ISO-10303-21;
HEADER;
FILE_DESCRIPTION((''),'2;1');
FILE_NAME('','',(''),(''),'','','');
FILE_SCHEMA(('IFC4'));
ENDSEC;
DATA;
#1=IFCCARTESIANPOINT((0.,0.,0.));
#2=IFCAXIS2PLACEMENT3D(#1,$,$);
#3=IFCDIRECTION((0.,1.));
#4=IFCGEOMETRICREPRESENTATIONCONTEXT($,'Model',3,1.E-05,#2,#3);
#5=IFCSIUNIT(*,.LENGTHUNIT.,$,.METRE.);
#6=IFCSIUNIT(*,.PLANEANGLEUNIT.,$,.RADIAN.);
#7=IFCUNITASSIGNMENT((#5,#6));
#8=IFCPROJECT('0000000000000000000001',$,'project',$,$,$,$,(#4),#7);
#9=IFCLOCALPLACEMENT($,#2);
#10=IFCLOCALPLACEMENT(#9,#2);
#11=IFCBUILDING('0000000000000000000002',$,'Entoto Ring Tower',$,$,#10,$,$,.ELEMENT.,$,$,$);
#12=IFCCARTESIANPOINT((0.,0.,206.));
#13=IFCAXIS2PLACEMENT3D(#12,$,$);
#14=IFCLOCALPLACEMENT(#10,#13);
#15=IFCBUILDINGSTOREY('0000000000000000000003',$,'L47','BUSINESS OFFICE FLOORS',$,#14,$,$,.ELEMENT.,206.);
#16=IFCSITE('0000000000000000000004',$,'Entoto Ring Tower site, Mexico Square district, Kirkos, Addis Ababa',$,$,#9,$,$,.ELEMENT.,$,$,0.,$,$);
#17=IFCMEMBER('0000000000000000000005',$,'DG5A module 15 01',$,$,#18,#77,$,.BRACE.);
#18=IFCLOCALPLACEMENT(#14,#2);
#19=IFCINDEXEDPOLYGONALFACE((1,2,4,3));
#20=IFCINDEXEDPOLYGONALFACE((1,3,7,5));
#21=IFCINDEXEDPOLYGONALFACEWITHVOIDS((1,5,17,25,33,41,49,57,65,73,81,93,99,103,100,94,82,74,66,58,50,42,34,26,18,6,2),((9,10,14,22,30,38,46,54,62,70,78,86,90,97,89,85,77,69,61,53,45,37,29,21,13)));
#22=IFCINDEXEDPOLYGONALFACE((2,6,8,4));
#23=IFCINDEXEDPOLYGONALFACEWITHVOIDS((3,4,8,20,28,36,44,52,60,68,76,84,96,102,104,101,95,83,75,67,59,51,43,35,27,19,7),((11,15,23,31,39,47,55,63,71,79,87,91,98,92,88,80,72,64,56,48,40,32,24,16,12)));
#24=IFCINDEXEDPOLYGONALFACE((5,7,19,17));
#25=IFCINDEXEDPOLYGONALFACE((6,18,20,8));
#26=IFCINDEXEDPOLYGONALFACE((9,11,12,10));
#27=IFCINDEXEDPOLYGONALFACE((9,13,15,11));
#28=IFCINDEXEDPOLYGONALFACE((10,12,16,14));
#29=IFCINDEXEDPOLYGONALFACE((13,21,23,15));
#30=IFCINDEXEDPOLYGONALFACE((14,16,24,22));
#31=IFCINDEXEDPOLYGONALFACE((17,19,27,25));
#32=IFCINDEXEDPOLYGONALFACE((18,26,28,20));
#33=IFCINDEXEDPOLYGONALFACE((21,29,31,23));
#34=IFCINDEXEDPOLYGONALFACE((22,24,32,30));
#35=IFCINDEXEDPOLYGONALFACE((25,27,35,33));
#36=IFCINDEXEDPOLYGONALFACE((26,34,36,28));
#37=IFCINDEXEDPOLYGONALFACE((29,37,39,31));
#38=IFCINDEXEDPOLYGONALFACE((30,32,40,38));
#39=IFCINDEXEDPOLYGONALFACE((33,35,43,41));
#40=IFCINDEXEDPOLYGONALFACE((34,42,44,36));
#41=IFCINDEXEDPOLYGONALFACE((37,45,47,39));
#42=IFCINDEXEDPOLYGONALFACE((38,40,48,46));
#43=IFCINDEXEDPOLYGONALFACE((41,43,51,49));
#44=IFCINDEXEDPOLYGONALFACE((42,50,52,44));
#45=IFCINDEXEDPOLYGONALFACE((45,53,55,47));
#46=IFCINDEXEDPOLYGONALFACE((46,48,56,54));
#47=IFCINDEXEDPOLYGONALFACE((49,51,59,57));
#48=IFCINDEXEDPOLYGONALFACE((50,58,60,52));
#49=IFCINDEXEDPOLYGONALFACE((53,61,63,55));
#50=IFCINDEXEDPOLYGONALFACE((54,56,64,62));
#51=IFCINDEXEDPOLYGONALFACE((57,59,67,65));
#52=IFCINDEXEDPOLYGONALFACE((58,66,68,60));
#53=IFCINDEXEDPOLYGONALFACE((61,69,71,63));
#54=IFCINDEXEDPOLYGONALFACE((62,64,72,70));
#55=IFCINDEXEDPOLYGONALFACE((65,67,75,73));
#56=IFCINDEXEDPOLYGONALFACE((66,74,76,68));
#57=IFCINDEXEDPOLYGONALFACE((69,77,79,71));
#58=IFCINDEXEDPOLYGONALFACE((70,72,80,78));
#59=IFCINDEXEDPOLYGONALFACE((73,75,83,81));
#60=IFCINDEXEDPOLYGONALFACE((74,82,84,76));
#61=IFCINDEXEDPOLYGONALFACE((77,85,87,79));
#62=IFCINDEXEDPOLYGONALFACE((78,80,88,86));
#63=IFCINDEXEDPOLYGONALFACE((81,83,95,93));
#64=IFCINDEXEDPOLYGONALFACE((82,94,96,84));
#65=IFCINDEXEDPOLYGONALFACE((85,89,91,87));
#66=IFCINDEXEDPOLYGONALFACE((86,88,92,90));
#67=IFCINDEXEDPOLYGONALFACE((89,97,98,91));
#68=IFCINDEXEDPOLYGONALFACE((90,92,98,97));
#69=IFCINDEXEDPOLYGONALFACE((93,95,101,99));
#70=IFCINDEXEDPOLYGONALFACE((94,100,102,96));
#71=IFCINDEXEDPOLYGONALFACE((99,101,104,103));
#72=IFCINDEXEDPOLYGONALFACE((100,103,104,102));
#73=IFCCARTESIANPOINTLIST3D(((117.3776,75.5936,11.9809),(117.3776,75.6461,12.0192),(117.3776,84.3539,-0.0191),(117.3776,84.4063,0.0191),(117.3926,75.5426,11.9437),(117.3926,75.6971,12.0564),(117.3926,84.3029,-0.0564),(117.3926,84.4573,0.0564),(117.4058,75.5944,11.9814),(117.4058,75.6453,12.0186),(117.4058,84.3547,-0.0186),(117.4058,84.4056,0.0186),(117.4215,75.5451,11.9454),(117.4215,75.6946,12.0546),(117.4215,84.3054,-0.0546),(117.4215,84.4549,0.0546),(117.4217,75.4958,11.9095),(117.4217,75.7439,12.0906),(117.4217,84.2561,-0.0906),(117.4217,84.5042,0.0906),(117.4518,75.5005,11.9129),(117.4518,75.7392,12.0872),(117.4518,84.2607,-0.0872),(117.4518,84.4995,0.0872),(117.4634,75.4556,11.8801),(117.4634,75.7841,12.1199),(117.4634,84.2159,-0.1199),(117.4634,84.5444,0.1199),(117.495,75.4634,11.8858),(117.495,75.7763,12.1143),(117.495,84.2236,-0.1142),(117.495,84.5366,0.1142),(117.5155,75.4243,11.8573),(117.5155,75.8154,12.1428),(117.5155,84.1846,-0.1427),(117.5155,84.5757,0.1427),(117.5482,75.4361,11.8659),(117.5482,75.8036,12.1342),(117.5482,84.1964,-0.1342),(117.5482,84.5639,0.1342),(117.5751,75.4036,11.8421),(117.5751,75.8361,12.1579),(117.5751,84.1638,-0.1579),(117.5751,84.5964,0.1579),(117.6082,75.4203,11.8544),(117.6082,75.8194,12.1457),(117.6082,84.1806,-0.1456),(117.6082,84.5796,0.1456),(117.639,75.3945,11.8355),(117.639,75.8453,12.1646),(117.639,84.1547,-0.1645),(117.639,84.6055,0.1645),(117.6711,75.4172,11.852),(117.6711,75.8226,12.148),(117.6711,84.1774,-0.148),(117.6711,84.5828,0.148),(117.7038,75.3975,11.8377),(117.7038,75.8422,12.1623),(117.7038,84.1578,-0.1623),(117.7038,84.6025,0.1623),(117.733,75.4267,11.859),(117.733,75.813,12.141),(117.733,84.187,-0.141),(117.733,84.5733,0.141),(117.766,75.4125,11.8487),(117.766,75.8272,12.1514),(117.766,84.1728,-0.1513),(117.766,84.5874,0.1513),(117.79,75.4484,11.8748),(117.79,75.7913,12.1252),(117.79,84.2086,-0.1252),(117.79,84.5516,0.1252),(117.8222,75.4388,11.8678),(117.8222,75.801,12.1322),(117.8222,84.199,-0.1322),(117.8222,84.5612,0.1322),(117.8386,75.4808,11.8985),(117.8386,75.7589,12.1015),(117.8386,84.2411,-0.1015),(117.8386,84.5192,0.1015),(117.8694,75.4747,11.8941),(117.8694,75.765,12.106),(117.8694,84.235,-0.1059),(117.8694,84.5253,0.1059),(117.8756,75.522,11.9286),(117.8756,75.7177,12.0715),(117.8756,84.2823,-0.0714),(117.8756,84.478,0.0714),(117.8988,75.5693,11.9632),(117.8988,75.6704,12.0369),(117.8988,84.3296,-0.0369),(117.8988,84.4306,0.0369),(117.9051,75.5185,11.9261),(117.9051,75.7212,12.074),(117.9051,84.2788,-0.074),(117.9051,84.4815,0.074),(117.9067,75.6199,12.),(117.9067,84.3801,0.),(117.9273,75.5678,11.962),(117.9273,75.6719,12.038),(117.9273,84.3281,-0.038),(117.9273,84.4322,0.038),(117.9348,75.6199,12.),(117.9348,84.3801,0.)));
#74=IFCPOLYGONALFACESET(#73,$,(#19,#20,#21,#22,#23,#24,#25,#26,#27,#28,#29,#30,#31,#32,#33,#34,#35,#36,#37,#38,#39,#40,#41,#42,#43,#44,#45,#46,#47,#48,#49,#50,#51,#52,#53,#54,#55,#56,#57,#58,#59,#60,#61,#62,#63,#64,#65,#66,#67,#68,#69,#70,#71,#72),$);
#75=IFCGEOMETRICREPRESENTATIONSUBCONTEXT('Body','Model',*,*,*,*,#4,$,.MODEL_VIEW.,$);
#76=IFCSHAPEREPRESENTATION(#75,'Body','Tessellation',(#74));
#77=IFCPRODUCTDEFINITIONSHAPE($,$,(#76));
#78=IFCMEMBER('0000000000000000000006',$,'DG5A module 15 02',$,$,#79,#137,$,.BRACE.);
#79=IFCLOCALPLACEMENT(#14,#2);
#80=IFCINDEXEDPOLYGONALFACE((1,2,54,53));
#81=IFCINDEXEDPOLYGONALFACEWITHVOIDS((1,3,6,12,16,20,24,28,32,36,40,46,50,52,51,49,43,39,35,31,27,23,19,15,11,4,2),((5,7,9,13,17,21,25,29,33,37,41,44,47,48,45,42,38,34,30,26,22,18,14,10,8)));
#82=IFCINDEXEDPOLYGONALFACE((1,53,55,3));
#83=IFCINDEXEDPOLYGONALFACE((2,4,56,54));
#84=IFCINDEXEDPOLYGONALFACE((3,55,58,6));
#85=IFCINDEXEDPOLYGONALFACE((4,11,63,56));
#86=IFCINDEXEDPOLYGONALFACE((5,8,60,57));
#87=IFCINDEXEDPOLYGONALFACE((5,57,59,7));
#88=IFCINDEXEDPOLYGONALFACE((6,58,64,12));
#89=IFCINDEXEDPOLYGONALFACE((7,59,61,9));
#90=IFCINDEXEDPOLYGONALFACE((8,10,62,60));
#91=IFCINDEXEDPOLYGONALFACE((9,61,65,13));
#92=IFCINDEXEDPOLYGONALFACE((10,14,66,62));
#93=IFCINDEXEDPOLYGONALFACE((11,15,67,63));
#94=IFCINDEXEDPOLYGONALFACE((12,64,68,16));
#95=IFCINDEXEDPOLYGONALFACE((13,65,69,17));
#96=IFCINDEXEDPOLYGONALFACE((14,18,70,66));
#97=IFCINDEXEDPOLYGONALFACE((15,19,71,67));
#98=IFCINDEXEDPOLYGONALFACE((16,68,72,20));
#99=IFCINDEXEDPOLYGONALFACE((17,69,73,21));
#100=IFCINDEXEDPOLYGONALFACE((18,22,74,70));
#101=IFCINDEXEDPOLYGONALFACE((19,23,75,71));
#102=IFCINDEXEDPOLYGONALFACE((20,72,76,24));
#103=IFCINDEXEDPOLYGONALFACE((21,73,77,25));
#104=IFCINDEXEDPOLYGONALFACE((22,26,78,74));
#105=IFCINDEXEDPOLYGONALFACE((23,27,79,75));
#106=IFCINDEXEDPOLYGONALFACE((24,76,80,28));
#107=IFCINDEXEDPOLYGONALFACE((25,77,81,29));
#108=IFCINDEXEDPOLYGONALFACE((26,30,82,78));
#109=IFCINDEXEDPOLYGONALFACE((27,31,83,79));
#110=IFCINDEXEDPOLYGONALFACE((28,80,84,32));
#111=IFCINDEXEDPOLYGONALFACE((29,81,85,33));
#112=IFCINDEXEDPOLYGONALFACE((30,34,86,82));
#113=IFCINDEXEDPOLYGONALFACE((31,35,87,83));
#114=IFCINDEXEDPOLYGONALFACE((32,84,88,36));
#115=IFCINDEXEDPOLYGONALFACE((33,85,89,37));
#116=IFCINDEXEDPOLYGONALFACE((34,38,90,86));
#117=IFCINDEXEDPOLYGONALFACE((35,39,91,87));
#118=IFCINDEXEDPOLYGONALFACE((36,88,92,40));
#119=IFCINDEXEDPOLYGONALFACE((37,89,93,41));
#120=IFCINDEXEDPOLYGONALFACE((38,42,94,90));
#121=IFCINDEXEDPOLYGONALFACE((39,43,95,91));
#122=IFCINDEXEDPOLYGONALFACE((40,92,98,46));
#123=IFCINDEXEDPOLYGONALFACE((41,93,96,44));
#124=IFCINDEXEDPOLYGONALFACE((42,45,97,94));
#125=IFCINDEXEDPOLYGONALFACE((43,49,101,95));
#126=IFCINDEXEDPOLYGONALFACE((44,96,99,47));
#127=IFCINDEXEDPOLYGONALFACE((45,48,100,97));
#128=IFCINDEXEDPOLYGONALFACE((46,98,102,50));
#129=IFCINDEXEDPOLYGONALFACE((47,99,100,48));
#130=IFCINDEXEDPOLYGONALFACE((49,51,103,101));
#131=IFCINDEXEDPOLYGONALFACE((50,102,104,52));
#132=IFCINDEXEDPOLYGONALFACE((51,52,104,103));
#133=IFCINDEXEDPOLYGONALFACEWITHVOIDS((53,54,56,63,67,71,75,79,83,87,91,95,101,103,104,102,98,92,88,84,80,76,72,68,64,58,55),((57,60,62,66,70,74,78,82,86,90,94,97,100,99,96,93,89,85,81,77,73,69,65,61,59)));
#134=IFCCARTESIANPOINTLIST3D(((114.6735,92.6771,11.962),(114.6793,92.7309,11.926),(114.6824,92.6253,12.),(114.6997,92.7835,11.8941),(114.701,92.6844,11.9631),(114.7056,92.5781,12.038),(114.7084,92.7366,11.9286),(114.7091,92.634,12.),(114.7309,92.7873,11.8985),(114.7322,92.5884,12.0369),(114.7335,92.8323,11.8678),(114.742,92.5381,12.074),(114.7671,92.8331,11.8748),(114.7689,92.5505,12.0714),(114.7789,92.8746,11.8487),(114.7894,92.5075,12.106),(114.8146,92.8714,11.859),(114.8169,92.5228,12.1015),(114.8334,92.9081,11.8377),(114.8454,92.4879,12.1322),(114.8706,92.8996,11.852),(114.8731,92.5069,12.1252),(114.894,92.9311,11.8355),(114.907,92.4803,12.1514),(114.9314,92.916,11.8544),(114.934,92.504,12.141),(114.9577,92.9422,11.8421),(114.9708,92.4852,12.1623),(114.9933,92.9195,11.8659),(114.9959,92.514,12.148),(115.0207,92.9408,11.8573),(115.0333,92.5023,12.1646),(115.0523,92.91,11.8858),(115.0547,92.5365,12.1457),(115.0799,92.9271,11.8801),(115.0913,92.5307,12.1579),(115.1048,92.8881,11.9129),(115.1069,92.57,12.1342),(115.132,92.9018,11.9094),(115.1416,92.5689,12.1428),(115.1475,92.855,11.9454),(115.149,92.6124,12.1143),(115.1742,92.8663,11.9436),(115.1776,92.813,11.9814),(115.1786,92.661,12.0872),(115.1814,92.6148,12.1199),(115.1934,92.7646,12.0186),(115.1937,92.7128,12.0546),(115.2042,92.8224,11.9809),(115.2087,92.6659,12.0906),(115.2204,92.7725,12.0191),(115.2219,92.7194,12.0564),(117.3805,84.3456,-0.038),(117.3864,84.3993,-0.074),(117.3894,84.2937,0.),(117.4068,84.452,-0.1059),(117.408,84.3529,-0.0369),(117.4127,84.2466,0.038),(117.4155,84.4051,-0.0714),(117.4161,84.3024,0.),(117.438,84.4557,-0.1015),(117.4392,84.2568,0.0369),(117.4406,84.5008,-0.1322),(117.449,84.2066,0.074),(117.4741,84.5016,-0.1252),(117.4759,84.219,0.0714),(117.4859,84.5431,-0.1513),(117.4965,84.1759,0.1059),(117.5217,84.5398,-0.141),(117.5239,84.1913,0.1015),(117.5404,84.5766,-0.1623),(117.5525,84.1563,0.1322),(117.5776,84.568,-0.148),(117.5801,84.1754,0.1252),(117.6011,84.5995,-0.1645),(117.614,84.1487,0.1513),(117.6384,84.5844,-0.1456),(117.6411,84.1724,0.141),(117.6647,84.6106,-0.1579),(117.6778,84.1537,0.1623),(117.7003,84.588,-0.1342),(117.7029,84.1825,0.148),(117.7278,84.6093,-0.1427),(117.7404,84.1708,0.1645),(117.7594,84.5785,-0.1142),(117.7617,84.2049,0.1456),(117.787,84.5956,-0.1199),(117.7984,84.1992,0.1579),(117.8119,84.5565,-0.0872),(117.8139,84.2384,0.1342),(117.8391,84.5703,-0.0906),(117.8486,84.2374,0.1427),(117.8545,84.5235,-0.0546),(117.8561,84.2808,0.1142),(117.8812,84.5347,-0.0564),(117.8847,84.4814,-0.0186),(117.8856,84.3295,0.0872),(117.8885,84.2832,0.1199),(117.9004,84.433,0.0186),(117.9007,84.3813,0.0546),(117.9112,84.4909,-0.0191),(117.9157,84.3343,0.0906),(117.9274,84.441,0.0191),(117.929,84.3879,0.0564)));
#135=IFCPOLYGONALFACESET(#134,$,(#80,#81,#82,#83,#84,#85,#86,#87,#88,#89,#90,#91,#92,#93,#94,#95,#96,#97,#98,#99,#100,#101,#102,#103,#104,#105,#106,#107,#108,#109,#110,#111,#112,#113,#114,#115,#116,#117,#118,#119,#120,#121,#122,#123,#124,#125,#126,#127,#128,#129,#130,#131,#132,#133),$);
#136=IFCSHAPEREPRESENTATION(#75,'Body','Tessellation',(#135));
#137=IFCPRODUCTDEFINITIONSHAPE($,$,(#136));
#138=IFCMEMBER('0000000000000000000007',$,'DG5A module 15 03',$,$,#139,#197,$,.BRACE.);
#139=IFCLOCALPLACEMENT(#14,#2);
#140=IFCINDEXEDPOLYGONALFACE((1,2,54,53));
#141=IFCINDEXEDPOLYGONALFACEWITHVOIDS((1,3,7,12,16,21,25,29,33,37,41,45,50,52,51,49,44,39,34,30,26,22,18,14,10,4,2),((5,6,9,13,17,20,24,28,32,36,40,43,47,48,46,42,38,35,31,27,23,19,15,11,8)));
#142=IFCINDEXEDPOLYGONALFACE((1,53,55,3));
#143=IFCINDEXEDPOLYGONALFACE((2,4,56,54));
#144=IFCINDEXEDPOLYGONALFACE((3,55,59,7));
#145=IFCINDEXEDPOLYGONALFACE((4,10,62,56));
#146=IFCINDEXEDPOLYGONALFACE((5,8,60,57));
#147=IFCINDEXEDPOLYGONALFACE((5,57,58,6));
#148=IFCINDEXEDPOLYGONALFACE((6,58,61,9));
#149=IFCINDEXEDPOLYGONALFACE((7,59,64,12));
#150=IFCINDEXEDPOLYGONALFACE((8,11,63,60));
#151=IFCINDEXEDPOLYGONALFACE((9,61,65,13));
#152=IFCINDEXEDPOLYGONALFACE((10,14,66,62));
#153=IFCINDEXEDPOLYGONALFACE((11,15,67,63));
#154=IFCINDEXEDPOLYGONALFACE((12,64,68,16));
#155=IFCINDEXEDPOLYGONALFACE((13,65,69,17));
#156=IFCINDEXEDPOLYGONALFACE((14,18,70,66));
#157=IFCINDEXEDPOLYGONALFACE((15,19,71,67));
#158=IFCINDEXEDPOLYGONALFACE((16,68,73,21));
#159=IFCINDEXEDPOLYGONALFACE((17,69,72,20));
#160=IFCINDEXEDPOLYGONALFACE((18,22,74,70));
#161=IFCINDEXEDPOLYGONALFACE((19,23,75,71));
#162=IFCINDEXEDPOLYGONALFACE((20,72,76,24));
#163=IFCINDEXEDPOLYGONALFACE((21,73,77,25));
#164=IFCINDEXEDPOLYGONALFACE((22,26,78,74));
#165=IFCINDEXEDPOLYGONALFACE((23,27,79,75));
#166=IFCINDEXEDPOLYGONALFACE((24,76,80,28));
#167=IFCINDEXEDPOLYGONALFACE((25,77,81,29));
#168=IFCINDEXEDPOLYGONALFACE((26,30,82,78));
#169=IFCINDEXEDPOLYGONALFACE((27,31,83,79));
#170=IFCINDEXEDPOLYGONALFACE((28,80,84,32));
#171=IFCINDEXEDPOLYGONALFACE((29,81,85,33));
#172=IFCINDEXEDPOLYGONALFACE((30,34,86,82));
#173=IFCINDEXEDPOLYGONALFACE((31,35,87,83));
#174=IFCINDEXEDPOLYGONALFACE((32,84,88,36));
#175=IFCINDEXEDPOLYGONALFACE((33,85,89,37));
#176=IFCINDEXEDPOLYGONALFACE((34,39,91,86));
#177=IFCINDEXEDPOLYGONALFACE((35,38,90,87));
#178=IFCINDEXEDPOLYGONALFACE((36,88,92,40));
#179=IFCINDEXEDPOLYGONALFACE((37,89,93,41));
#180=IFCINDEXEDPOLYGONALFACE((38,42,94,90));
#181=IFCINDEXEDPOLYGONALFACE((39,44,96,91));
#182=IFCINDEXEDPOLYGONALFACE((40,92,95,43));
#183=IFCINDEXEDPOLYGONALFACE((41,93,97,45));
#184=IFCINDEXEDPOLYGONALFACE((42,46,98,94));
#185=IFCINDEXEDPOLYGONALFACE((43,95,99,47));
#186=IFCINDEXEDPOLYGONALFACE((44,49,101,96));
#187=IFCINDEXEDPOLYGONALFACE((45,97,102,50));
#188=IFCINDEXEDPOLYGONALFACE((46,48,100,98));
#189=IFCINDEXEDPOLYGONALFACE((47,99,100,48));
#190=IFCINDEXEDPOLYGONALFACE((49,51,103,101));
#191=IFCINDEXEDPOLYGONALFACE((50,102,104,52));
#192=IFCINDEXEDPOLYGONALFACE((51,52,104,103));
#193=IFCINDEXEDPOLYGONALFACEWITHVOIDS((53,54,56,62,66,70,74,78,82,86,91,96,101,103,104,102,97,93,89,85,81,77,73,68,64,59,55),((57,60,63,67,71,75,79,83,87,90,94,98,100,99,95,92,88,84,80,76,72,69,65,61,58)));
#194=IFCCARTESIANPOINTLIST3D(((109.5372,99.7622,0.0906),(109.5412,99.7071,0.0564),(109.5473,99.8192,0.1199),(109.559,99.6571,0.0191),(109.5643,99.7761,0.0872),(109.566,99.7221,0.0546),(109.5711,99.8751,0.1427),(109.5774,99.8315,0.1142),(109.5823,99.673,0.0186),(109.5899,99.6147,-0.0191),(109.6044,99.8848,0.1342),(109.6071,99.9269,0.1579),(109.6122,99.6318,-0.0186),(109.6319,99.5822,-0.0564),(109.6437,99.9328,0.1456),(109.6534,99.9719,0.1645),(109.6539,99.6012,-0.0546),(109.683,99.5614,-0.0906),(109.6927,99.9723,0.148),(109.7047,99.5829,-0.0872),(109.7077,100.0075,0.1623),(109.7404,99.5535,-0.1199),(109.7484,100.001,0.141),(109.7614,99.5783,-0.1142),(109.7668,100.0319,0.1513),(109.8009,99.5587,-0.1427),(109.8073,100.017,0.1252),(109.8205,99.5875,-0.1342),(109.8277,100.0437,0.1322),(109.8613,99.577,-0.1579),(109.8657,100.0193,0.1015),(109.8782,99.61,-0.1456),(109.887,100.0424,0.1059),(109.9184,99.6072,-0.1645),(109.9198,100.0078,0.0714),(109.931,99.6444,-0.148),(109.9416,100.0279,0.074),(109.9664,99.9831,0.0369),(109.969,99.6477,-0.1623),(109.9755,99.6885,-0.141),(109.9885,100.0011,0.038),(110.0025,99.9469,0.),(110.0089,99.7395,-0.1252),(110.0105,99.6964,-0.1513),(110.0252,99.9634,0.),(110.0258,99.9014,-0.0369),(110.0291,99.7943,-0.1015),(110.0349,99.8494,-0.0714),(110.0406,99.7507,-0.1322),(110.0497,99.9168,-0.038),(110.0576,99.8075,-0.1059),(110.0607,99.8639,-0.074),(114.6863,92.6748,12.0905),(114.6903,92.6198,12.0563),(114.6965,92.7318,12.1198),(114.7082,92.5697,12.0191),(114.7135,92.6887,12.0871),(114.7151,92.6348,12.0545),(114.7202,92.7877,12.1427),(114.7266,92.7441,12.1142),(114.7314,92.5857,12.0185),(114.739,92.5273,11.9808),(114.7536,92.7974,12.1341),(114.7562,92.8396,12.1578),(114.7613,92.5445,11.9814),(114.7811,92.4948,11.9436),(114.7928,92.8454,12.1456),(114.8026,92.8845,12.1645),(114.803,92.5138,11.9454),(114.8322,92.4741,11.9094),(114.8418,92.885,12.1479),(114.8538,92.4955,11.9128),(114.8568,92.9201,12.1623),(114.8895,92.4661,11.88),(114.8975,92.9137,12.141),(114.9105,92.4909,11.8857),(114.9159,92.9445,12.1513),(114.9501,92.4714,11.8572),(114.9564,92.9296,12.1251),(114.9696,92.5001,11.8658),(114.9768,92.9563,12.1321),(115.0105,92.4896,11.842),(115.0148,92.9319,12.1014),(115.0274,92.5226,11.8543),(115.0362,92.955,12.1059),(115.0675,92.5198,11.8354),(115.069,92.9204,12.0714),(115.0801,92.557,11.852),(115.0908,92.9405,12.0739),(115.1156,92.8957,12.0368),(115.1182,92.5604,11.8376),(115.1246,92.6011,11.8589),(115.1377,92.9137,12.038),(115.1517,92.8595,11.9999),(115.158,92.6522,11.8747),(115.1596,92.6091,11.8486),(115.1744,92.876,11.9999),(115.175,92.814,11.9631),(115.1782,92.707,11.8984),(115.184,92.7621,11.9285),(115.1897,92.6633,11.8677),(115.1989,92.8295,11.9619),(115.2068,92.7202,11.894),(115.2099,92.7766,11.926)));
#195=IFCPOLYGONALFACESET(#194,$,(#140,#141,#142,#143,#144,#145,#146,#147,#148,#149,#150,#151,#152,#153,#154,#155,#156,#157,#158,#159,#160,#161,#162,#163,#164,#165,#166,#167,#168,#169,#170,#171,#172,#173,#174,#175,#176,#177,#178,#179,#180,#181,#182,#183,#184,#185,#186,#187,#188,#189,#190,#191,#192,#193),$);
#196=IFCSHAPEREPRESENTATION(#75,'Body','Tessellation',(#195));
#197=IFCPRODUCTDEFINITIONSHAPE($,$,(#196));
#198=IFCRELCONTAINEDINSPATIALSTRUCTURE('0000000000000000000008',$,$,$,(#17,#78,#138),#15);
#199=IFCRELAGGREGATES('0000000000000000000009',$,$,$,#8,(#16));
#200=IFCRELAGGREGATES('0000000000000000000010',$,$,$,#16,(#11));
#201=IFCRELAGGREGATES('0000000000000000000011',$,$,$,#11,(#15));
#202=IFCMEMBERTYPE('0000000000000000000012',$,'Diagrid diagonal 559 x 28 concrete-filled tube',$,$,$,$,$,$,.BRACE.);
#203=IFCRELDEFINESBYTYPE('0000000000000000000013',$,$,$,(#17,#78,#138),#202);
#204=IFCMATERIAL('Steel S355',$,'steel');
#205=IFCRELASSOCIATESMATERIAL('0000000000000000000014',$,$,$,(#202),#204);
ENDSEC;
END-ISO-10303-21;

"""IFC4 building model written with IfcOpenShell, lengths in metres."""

from ifc_helpers import new_model, si_unit, direction, frame, origin, origin_2d, place, context, subcontext, project, spatial, circle, hollow_circle, extrude, material, material_profile, profile_set, type_object, element, save


model = new_model("IFC4")

# Units and contexts
model_context = context("Model", 3, precision=1e-05, world=origin(), true_north=direction((0.0, 1.0)))
body_context = subcontext(model_context, "Body", "Model", "MODEL_VIEW")
ifc_project = project(units=[si_unit("LENGTHUNIT", "METRE"), si_unit("PLANEANGLEUNIT", "RADIAN")], contexts=[model_context])

# Site, building, storey
site_placement = place(None, origin())
site = spatial("IfcSite", under=ifc_project, at=site_placement, Name="Entoto Ring Tower site, Mexico Square district, Kirkos, Addis Ababa", CompositionType="ELEMENT", RefElevation=0.0)
building_placement = place(site_placement, origin())
building = spatial("IfcBuilding", under=site, at=building_placement, Name="Entoto Ring Tower", CompositionType="ELEMENT")
storey_placement = place(building_placement, frame((0.0, 0.0, 206.0)))
storey = spatial("IfcBuildingStorey", under=building, at=storey_placement, Name="L47", Description="BUSINESS OFFICE FLOORS", CompositionType="ELEMENT", Elevation=206.0)

# Members
ifc_material_1 = material(Name="Steel S355", Category="steel")
ifc_material_profile_1 = material_profile(ifc_material_1, hollow_circle(Radius=0.2795, WallThickness=0.0281, at=origin_2d()), Name="CHS 559 x 28")
ifc_material_2 = material(Name="Concrete C60/75", Category="concrete")
ifc_material_profile_2 = material_profile(ifc_material_2, circle(Radius=0.2515, at=origin_2d()), Name="Concrete C60/75 infill")
ifc_profile_set_1 = profile_set([ifc_material_profile_1, ifc_material_profile_2], Name="Steel S355")
member_type_1 = type_object("IfcMemberType", Name="Diagrid diagonal 559 x 28 concrete-filled tube", PredefinedType="BRACE", material=ifc_profile_set_1)
for number, where, z_axis, x_axis, name in (
    (1, (117.6553, 84.3801, 0.0), (0.0, -0.589623, 0.807679), (1.0, 0.0, 0.0), "DG5A module 15 01"),
    (2, (117.6553, 84.3801, 0.0), (-0.182201, 0.560767, 0.807678), (-0.951058, -0.309012, 0.0), "DG5A module 15 02"),
    (3, (109.7991, 99.7991, 0.0), (0.34657, -0.477025, 0.807673), (0.809024, 0.587776, 0.0), "DG5A module 15 03"),
):
    element("IfcMember", number, at=place(storey_placement, frame(where, z_axis=z_axis, x_axis=x_axis)), inside=storey, type_object=member_type_1, Name=name, PredefinedType="BRACE", context=body_context, shape_type="SweptSolid", body=[
        extrude(hollow_circle(Radius=0.2795, WallThickness=0.0281, at=origin_2d()), origin(), (0.0, 0.0, 1.0), 14.8574),
    ])

save(model, "model.ifc")
